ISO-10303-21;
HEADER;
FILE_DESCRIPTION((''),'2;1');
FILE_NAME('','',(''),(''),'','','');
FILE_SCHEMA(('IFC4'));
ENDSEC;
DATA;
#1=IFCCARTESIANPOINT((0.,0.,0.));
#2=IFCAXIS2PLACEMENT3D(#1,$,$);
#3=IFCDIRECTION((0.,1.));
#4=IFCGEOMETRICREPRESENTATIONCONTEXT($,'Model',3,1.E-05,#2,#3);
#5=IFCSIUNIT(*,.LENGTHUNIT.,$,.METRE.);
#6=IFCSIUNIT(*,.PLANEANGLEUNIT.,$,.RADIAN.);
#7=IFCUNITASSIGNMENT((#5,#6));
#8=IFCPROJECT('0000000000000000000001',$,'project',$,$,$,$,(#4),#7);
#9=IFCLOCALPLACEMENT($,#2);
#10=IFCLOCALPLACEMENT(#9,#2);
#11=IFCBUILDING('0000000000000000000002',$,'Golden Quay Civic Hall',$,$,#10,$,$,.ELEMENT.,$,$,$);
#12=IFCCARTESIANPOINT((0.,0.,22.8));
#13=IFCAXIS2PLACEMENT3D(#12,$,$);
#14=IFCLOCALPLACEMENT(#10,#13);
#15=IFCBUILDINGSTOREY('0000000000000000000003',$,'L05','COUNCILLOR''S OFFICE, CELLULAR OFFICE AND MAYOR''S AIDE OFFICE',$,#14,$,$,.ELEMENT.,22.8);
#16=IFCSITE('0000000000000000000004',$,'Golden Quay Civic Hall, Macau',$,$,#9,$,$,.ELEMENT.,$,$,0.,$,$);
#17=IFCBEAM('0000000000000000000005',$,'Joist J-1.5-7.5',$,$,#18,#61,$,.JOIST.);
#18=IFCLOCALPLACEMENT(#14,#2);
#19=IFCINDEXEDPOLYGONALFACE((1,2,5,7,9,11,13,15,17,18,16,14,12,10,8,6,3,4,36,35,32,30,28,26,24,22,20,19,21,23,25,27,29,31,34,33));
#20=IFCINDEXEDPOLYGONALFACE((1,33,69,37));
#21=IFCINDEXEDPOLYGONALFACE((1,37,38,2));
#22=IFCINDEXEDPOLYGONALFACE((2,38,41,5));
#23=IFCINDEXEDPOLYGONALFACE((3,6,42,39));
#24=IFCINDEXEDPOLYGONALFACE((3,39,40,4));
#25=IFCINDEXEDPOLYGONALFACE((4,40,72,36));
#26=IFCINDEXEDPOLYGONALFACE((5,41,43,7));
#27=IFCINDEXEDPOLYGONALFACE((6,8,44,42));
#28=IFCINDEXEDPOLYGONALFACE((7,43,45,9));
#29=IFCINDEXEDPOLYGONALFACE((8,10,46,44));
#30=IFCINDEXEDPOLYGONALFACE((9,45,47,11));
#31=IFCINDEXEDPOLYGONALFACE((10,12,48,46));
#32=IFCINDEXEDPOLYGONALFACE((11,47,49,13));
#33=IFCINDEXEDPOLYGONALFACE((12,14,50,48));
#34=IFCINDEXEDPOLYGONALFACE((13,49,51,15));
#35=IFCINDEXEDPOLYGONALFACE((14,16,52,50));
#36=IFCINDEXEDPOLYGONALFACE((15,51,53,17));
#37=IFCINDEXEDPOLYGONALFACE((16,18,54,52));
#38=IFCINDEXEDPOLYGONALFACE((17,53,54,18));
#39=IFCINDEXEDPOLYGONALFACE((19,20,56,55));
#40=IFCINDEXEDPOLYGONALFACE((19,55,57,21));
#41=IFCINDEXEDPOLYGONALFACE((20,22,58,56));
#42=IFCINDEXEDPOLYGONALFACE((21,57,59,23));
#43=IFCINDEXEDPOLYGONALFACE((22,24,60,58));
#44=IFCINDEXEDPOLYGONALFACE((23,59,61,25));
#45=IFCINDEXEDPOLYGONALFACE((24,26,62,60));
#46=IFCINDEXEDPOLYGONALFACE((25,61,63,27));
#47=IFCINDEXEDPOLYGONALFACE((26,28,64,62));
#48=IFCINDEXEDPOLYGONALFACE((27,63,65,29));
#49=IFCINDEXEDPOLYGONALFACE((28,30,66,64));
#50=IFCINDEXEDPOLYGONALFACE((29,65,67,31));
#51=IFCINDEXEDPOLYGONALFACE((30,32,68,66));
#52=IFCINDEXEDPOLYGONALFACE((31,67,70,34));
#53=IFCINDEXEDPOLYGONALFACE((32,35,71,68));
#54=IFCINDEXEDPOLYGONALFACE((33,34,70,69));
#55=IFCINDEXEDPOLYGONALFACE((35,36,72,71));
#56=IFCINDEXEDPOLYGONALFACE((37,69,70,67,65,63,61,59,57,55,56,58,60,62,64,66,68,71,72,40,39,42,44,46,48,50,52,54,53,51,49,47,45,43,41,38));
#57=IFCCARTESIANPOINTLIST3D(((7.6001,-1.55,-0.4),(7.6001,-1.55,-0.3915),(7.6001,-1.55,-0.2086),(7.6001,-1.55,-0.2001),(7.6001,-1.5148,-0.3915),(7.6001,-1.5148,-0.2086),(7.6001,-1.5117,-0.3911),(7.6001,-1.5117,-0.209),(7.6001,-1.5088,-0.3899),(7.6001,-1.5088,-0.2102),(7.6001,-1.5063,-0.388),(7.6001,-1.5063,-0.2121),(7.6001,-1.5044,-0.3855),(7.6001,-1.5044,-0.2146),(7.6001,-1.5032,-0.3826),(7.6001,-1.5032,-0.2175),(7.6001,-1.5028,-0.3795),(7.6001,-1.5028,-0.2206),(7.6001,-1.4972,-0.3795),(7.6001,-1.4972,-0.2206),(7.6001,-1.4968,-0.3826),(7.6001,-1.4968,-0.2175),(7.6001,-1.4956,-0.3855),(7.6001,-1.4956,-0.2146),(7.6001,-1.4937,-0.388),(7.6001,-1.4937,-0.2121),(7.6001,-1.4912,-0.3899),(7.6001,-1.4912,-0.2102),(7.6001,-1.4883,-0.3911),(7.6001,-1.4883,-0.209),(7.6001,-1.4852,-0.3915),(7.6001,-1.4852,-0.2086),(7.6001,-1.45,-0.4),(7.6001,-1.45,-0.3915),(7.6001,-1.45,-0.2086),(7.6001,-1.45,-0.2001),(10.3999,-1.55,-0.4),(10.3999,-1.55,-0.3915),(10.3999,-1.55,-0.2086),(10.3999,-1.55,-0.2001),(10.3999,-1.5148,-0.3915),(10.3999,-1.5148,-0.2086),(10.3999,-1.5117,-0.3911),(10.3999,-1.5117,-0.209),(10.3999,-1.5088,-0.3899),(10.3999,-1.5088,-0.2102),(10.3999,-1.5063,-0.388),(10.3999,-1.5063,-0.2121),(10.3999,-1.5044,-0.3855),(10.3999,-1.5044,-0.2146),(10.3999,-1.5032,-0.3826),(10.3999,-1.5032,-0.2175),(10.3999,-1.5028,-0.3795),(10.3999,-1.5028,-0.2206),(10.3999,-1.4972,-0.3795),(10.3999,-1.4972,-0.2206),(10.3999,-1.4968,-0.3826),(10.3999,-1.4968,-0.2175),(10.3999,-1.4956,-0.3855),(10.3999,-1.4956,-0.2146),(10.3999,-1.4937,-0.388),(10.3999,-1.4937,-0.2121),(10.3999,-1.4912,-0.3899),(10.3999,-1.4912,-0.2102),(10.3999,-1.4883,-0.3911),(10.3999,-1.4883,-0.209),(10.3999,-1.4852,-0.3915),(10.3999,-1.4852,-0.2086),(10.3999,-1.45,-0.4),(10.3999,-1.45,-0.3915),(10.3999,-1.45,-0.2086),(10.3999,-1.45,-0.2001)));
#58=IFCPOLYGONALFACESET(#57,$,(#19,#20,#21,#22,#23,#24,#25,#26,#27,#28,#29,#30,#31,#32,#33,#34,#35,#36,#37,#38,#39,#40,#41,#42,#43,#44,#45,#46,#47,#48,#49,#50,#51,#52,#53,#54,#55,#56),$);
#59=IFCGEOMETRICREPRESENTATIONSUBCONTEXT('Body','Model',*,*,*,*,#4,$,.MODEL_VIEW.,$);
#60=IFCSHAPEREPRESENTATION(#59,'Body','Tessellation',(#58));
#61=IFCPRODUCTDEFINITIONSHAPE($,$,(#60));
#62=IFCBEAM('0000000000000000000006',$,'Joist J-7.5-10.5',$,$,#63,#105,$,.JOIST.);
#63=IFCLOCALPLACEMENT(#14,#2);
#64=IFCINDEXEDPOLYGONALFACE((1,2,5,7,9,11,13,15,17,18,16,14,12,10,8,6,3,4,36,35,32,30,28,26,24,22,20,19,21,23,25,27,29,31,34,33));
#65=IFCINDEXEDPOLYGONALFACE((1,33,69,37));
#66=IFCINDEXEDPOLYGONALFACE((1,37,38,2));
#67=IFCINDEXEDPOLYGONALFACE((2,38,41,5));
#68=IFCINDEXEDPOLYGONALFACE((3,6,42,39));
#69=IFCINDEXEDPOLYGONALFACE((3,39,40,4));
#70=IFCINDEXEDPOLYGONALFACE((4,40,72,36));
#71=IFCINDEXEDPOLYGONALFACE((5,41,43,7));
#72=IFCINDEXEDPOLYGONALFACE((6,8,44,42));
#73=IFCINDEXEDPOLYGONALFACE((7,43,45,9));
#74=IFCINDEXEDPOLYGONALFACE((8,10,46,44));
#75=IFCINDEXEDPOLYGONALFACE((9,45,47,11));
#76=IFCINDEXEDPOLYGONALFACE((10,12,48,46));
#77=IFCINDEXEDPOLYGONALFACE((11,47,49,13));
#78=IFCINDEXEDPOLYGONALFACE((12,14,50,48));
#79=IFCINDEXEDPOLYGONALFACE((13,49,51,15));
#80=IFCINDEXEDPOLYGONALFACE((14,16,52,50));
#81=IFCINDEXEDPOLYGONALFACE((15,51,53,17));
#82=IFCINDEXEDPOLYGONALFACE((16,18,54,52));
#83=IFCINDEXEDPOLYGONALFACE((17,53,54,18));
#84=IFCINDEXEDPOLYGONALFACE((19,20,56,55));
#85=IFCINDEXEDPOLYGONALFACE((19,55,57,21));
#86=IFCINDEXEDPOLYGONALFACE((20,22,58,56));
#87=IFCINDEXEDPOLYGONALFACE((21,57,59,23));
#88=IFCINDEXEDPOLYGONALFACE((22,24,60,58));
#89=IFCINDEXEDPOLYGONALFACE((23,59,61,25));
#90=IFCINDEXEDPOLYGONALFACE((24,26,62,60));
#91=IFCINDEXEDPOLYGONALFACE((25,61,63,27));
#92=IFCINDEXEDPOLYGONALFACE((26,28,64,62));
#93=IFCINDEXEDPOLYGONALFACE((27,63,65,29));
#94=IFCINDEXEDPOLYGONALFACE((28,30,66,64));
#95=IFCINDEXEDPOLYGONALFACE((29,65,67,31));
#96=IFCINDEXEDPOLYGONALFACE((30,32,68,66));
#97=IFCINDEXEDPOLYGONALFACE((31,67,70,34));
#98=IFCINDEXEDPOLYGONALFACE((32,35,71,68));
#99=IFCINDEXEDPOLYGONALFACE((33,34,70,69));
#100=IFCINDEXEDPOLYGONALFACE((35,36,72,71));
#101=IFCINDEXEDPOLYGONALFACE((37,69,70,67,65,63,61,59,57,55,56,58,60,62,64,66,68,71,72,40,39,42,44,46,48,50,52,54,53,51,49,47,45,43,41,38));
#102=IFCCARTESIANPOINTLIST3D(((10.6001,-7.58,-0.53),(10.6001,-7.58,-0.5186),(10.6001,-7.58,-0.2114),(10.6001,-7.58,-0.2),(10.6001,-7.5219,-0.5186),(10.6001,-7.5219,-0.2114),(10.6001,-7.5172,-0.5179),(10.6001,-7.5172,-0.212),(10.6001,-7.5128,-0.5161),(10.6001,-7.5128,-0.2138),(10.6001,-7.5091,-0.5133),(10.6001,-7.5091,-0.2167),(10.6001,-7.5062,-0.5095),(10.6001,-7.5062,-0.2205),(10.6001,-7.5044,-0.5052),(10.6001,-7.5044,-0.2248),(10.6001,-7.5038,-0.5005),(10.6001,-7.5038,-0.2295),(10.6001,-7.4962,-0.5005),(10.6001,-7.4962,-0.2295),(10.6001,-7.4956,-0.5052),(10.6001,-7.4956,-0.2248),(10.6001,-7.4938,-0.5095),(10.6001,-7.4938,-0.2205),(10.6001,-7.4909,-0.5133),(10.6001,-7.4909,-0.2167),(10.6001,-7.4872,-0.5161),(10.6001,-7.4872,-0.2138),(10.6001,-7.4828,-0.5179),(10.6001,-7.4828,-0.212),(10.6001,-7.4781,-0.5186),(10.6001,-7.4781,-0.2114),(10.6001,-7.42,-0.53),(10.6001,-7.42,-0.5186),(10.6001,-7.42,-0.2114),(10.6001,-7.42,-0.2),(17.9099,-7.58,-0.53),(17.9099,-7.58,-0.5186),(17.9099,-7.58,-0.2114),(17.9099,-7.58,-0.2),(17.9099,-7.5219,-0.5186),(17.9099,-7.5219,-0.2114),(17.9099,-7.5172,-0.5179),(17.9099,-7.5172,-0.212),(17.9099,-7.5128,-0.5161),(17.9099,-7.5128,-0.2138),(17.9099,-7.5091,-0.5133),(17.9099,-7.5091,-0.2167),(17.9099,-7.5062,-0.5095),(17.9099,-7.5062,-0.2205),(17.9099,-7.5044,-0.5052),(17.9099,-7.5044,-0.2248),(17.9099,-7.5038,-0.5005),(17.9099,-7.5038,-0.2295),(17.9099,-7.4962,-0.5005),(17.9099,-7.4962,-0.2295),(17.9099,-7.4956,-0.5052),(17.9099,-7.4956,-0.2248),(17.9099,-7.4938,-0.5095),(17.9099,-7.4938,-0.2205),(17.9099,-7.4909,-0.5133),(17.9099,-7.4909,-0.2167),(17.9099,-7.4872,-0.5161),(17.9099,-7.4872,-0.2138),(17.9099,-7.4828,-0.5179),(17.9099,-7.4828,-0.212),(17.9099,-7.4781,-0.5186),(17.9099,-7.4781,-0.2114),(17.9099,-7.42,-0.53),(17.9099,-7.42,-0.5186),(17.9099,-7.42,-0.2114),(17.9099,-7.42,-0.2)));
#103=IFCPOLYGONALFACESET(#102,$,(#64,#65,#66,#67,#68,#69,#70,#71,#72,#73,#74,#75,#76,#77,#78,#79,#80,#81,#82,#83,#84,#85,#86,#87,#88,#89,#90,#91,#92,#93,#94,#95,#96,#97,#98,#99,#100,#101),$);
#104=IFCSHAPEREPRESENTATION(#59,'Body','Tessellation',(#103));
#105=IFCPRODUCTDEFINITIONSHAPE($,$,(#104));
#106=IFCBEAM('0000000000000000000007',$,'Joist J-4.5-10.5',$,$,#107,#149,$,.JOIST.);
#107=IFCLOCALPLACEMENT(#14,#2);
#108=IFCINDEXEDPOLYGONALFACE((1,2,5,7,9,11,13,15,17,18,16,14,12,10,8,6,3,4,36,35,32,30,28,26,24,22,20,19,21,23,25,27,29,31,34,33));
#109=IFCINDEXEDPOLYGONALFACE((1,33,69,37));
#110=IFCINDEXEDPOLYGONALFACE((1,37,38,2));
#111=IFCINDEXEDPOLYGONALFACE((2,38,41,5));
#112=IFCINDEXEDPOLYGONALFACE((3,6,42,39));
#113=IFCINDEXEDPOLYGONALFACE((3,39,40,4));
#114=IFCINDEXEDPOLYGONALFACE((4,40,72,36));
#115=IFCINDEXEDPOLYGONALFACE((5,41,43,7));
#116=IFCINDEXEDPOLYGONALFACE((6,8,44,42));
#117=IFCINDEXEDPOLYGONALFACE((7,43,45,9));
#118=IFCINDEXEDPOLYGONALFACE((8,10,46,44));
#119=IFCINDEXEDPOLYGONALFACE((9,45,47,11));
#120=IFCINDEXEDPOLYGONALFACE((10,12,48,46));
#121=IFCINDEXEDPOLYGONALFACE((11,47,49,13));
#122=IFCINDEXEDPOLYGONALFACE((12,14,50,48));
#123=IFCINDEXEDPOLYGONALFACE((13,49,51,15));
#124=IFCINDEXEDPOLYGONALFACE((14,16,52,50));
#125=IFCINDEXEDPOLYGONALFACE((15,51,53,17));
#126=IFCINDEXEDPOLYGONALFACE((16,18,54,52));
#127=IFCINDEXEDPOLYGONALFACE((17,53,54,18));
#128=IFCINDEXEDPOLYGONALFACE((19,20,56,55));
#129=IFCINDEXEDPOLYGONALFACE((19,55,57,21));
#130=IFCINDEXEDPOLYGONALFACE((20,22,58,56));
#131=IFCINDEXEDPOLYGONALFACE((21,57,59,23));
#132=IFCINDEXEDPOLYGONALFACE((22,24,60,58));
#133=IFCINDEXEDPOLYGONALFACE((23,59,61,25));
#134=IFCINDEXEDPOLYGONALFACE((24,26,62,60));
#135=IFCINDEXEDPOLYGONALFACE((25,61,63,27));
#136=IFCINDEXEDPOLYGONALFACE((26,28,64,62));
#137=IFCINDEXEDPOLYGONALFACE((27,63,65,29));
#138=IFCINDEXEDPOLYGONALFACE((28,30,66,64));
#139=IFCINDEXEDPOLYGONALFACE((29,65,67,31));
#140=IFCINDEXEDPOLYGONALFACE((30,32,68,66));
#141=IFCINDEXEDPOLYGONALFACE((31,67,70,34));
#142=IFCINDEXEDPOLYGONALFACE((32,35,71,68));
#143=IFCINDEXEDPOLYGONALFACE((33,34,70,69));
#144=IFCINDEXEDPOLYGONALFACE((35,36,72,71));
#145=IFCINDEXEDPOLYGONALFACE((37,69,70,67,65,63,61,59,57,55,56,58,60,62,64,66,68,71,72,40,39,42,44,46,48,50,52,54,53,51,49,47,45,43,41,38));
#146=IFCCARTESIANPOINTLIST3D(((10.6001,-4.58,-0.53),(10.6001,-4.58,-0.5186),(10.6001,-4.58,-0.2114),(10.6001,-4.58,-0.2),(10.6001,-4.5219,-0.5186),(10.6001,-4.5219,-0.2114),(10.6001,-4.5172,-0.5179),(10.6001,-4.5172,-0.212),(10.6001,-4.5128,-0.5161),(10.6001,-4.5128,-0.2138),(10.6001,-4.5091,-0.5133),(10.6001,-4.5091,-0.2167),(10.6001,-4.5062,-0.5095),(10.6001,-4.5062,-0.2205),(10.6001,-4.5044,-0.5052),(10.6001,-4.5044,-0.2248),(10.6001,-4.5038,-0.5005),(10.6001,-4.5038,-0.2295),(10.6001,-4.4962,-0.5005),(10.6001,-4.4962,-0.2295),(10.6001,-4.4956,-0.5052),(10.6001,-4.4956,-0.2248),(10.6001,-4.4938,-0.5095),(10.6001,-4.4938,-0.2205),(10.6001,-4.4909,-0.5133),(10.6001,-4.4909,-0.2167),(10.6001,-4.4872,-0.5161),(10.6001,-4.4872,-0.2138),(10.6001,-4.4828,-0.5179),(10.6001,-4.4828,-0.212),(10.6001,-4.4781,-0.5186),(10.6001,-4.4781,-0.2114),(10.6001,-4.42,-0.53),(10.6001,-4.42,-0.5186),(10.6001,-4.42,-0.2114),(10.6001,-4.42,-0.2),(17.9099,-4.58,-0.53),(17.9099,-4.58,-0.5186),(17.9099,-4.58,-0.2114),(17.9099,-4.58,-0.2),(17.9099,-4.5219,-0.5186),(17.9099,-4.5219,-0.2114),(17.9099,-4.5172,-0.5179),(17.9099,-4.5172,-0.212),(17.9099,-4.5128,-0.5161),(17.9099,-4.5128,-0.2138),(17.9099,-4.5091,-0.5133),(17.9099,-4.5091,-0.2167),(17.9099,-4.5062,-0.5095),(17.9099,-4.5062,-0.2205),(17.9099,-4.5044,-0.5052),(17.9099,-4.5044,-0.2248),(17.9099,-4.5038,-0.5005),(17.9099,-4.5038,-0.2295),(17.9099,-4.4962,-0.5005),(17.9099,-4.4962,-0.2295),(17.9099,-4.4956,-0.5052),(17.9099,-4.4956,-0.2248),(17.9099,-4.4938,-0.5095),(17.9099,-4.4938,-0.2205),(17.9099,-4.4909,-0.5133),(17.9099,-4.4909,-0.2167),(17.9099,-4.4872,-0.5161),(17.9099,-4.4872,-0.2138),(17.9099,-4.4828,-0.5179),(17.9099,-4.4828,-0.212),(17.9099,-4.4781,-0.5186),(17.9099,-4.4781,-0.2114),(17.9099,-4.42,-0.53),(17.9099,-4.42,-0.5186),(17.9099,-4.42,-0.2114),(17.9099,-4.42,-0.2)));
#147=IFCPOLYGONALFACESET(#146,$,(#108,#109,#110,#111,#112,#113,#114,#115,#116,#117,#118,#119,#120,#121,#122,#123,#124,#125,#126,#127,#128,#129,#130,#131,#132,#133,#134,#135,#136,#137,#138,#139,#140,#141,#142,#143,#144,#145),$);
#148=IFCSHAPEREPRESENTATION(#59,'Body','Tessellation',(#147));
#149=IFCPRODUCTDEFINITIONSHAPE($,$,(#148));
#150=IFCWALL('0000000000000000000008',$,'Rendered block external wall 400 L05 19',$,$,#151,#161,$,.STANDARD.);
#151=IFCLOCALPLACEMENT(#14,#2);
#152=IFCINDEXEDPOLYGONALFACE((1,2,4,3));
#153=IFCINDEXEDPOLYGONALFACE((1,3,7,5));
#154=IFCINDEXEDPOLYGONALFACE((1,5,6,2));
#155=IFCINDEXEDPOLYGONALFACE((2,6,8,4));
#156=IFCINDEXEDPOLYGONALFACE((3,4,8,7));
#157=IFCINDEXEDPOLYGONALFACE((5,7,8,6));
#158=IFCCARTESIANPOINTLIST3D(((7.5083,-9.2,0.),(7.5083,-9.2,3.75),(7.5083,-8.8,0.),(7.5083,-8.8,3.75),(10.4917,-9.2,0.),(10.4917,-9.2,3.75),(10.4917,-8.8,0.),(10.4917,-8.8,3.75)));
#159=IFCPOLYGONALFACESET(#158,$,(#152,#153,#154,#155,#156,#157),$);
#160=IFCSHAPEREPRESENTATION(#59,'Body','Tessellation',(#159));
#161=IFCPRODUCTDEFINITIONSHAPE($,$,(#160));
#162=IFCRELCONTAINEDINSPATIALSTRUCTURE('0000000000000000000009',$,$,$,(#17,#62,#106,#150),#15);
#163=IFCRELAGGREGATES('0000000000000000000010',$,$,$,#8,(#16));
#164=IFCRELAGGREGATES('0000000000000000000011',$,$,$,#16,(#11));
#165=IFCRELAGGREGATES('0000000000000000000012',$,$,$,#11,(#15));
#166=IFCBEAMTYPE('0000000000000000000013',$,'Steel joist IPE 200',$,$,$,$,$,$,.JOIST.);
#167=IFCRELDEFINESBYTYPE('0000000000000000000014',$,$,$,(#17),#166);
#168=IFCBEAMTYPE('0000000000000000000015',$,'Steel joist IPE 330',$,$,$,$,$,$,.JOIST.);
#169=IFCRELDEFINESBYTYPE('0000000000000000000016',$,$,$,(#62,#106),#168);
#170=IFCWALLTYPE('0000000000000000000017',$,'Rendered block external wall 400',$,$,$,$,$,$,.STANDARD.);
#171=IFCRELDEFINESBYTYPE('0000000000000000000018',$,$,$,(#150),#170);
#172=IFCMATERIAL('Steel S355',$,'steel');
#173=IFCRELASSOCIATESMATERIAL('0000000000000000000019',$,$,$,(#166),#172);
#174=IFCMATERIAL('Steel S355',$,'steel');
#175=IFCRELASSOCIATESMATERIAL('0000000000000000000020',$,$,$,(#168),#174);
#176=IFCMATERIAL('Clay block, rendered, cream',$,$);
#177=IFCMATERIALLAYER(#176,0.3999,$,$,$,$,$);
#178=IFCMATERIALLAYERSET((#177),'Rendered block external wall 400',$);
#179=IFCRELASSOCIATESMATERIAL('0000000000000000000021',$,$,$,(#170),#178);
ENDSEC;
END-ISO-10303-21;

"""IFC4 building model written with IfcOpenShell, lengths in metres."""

from ifc_helpers import new_model, si_unit, direction, frame, frame_2d, origin, origin_2d, place, context, subcontext, project, spatial, rectangle, i_section, extrude, material, layer, layer_set, material_profile, profile_set, type_object, element, save


model = new_model("IFC4")

# Units and contexts
model_context = context("Model", 3, precision=1e-05, world=origin(), true_north=direction((0.0, 1.0)))
body_context = subcontext(model_context, "Body", "Model", "MODEL_VIEW")
ifc_project = project(units=[si_unit("LENGTHUNIT", "METRE"), si_unit("PLANEANGLEUNIT", "RADIAN")], contexts=[model_context])

# Site, building, storey
site_placement = place(None, origin())
site = spatial("IfcSite", under=ifc_project, at=site_placement, Name="Golden Quay Civic Hall, Macau", CompositionType="ELEMENT", RefElevation=0.0)
building_placement = place(site_placement, origin())
building = spatial("IfcBuilding", under=site, at=building_placement, Name="Golden Quay Civic Hall", CompositionType="ELEMENT")
storey_placement = place(building_placement, frame((0.0, 0.0, 22.8)))
storey = spatial("IfcBuildingStorey", under=building, at=storey_placement, Name="L05", Description="COUNCILLOR'S OFFICE, CELLULAR OFFICE AND MAYOR'S AIDE OFFICE", CompositionType="ELEMENT", Elevation=22.8)

# Beams
ifc_material_1 = material(Name="Steel S355", Category="steel")
ifc_material_profile_1 = material_profile(ifc_material_1, i_section(OverallWidth=0.1001, OverallDepth=0.2, WebThickness=0.0056, FlangeThickness=0.0085, FilletRadius=0.012, at=origin_2d()), Name="IPE 200")
ifc_profile_set_1 = profile_set([ifc_material_profile_1], Name="Steel S355")
beam_type_1 = type_object("IfcBeamType", Name="Steel joist IPE 200", PredefinedType="JOIST", material=ifc_profile_set_1)
beam_1_placement = place(storey_placement, frame((7.6001, -1.5, -0.3), z_axis=(1.0, 0.0, 0.0), x_axis=(0.0, 1.0, 0.0)))
element("IfcBeam", 1, at=beam_1_placement, inside=storey, type_object=beam_type_1, Name="Joist J-1.5-7.5", PredefinedType="JOIST", context=body_context, shape_type="SweptSolid", body=[
    extrude(i_section(OverallWidth=0.1001, OverallDepth=0.2, WebThickness=0.0056, FlangeThickness=0.0085, FilletRadius=0.012, at=origin_2d()), origin(), (0.0, 0.0, 1.0), 2.7998),
])
ifc_material_2 = material(Name="Steel S355", Category="steel")
ifc_material_profile_2 = material_profile(ifc_material_2, i_section(OverallWidth=0.1599, OverallDepth=0.3301, WebThickness=0.0076, FlangeThickness=0.0115, FilletRadius=0.0181, at=origin_2d()), Name="IPE 330")
ifc_profile_set_2 = profile_set([ifc_material_profile_2], Name="Steel S355")
beam_type_2 = type_object("IfcBeamType", Name="Steel joist IPE 330", PredefinedType="JOIST", material=ifc_profile_set_2)
for number, where, z_axis, x_axis, name in (
    (2, (10.6001, -7.5, -0.365), (1.0, 0.0, 0.0), (0.0, 1.0, 0.0), "Joist J-7.5-10.5"),
    (3, (10.6001, -4.5, -0.365), (1.0, 0.0, 0.0), (0.0, 1.0, 0.0), "Joist J-4.5-10.5"),
):
    element("IfcBeam", number, at=place(storey_placement, frame(where, z_axis=z_axis, x_axis=x_axis)), inside=storey, type_object=beam_type_2, Name=name, PredefinedType="JOIST", context=body_context, shape_type="SweptSolid", body=[
        extrude(i_section(OverallWidth=0.1599, OverallDepth=0.3301, WebThickness=0.0076, FlangeThickness=0.0115, FilletRadius=0.0181, at=origin_2d()), origin(), (0.0, 0.0, 1.0), 7.3098),
    ])

# Wall
ifc_material_3 = material(Name="Clay block, rendered, cream")
ifc_layer_1 = layer(ifc_material_3, 0.3999)
ifc_layer_set_1 = layer_set([ifc_layer_1], Name="Rendered block external wall 400")
wall_type_1 = type_object("IfcWallType", Name="Rendered block external wall 400", PredefinedType="STANDARD", material=ifc_layer_set_1)
wall_1_placement = place(storey_placement, frame((10.4917, -9.0, 0.0), z_axis=(0.0, 0.0, 1.0), x_axis=(-1.0, 0.0, 0.0)))
element("IfcWall", 4, at=wall_1_placement, inside=storey, type_object=wall_type_1, Name="Rendered block external wall 400 L05 19", PredefinedType="STANDARD", context=body_context, shape_type="SweptSolid", body=[
    extrude(rectangle(XDim=2.9834, YDim=0.3999, at=frame_2d((1.4917, 0.0))), origin(), (0.0, 0.0, 1.0), 3.75),
])

save(model, "model.ifc")
